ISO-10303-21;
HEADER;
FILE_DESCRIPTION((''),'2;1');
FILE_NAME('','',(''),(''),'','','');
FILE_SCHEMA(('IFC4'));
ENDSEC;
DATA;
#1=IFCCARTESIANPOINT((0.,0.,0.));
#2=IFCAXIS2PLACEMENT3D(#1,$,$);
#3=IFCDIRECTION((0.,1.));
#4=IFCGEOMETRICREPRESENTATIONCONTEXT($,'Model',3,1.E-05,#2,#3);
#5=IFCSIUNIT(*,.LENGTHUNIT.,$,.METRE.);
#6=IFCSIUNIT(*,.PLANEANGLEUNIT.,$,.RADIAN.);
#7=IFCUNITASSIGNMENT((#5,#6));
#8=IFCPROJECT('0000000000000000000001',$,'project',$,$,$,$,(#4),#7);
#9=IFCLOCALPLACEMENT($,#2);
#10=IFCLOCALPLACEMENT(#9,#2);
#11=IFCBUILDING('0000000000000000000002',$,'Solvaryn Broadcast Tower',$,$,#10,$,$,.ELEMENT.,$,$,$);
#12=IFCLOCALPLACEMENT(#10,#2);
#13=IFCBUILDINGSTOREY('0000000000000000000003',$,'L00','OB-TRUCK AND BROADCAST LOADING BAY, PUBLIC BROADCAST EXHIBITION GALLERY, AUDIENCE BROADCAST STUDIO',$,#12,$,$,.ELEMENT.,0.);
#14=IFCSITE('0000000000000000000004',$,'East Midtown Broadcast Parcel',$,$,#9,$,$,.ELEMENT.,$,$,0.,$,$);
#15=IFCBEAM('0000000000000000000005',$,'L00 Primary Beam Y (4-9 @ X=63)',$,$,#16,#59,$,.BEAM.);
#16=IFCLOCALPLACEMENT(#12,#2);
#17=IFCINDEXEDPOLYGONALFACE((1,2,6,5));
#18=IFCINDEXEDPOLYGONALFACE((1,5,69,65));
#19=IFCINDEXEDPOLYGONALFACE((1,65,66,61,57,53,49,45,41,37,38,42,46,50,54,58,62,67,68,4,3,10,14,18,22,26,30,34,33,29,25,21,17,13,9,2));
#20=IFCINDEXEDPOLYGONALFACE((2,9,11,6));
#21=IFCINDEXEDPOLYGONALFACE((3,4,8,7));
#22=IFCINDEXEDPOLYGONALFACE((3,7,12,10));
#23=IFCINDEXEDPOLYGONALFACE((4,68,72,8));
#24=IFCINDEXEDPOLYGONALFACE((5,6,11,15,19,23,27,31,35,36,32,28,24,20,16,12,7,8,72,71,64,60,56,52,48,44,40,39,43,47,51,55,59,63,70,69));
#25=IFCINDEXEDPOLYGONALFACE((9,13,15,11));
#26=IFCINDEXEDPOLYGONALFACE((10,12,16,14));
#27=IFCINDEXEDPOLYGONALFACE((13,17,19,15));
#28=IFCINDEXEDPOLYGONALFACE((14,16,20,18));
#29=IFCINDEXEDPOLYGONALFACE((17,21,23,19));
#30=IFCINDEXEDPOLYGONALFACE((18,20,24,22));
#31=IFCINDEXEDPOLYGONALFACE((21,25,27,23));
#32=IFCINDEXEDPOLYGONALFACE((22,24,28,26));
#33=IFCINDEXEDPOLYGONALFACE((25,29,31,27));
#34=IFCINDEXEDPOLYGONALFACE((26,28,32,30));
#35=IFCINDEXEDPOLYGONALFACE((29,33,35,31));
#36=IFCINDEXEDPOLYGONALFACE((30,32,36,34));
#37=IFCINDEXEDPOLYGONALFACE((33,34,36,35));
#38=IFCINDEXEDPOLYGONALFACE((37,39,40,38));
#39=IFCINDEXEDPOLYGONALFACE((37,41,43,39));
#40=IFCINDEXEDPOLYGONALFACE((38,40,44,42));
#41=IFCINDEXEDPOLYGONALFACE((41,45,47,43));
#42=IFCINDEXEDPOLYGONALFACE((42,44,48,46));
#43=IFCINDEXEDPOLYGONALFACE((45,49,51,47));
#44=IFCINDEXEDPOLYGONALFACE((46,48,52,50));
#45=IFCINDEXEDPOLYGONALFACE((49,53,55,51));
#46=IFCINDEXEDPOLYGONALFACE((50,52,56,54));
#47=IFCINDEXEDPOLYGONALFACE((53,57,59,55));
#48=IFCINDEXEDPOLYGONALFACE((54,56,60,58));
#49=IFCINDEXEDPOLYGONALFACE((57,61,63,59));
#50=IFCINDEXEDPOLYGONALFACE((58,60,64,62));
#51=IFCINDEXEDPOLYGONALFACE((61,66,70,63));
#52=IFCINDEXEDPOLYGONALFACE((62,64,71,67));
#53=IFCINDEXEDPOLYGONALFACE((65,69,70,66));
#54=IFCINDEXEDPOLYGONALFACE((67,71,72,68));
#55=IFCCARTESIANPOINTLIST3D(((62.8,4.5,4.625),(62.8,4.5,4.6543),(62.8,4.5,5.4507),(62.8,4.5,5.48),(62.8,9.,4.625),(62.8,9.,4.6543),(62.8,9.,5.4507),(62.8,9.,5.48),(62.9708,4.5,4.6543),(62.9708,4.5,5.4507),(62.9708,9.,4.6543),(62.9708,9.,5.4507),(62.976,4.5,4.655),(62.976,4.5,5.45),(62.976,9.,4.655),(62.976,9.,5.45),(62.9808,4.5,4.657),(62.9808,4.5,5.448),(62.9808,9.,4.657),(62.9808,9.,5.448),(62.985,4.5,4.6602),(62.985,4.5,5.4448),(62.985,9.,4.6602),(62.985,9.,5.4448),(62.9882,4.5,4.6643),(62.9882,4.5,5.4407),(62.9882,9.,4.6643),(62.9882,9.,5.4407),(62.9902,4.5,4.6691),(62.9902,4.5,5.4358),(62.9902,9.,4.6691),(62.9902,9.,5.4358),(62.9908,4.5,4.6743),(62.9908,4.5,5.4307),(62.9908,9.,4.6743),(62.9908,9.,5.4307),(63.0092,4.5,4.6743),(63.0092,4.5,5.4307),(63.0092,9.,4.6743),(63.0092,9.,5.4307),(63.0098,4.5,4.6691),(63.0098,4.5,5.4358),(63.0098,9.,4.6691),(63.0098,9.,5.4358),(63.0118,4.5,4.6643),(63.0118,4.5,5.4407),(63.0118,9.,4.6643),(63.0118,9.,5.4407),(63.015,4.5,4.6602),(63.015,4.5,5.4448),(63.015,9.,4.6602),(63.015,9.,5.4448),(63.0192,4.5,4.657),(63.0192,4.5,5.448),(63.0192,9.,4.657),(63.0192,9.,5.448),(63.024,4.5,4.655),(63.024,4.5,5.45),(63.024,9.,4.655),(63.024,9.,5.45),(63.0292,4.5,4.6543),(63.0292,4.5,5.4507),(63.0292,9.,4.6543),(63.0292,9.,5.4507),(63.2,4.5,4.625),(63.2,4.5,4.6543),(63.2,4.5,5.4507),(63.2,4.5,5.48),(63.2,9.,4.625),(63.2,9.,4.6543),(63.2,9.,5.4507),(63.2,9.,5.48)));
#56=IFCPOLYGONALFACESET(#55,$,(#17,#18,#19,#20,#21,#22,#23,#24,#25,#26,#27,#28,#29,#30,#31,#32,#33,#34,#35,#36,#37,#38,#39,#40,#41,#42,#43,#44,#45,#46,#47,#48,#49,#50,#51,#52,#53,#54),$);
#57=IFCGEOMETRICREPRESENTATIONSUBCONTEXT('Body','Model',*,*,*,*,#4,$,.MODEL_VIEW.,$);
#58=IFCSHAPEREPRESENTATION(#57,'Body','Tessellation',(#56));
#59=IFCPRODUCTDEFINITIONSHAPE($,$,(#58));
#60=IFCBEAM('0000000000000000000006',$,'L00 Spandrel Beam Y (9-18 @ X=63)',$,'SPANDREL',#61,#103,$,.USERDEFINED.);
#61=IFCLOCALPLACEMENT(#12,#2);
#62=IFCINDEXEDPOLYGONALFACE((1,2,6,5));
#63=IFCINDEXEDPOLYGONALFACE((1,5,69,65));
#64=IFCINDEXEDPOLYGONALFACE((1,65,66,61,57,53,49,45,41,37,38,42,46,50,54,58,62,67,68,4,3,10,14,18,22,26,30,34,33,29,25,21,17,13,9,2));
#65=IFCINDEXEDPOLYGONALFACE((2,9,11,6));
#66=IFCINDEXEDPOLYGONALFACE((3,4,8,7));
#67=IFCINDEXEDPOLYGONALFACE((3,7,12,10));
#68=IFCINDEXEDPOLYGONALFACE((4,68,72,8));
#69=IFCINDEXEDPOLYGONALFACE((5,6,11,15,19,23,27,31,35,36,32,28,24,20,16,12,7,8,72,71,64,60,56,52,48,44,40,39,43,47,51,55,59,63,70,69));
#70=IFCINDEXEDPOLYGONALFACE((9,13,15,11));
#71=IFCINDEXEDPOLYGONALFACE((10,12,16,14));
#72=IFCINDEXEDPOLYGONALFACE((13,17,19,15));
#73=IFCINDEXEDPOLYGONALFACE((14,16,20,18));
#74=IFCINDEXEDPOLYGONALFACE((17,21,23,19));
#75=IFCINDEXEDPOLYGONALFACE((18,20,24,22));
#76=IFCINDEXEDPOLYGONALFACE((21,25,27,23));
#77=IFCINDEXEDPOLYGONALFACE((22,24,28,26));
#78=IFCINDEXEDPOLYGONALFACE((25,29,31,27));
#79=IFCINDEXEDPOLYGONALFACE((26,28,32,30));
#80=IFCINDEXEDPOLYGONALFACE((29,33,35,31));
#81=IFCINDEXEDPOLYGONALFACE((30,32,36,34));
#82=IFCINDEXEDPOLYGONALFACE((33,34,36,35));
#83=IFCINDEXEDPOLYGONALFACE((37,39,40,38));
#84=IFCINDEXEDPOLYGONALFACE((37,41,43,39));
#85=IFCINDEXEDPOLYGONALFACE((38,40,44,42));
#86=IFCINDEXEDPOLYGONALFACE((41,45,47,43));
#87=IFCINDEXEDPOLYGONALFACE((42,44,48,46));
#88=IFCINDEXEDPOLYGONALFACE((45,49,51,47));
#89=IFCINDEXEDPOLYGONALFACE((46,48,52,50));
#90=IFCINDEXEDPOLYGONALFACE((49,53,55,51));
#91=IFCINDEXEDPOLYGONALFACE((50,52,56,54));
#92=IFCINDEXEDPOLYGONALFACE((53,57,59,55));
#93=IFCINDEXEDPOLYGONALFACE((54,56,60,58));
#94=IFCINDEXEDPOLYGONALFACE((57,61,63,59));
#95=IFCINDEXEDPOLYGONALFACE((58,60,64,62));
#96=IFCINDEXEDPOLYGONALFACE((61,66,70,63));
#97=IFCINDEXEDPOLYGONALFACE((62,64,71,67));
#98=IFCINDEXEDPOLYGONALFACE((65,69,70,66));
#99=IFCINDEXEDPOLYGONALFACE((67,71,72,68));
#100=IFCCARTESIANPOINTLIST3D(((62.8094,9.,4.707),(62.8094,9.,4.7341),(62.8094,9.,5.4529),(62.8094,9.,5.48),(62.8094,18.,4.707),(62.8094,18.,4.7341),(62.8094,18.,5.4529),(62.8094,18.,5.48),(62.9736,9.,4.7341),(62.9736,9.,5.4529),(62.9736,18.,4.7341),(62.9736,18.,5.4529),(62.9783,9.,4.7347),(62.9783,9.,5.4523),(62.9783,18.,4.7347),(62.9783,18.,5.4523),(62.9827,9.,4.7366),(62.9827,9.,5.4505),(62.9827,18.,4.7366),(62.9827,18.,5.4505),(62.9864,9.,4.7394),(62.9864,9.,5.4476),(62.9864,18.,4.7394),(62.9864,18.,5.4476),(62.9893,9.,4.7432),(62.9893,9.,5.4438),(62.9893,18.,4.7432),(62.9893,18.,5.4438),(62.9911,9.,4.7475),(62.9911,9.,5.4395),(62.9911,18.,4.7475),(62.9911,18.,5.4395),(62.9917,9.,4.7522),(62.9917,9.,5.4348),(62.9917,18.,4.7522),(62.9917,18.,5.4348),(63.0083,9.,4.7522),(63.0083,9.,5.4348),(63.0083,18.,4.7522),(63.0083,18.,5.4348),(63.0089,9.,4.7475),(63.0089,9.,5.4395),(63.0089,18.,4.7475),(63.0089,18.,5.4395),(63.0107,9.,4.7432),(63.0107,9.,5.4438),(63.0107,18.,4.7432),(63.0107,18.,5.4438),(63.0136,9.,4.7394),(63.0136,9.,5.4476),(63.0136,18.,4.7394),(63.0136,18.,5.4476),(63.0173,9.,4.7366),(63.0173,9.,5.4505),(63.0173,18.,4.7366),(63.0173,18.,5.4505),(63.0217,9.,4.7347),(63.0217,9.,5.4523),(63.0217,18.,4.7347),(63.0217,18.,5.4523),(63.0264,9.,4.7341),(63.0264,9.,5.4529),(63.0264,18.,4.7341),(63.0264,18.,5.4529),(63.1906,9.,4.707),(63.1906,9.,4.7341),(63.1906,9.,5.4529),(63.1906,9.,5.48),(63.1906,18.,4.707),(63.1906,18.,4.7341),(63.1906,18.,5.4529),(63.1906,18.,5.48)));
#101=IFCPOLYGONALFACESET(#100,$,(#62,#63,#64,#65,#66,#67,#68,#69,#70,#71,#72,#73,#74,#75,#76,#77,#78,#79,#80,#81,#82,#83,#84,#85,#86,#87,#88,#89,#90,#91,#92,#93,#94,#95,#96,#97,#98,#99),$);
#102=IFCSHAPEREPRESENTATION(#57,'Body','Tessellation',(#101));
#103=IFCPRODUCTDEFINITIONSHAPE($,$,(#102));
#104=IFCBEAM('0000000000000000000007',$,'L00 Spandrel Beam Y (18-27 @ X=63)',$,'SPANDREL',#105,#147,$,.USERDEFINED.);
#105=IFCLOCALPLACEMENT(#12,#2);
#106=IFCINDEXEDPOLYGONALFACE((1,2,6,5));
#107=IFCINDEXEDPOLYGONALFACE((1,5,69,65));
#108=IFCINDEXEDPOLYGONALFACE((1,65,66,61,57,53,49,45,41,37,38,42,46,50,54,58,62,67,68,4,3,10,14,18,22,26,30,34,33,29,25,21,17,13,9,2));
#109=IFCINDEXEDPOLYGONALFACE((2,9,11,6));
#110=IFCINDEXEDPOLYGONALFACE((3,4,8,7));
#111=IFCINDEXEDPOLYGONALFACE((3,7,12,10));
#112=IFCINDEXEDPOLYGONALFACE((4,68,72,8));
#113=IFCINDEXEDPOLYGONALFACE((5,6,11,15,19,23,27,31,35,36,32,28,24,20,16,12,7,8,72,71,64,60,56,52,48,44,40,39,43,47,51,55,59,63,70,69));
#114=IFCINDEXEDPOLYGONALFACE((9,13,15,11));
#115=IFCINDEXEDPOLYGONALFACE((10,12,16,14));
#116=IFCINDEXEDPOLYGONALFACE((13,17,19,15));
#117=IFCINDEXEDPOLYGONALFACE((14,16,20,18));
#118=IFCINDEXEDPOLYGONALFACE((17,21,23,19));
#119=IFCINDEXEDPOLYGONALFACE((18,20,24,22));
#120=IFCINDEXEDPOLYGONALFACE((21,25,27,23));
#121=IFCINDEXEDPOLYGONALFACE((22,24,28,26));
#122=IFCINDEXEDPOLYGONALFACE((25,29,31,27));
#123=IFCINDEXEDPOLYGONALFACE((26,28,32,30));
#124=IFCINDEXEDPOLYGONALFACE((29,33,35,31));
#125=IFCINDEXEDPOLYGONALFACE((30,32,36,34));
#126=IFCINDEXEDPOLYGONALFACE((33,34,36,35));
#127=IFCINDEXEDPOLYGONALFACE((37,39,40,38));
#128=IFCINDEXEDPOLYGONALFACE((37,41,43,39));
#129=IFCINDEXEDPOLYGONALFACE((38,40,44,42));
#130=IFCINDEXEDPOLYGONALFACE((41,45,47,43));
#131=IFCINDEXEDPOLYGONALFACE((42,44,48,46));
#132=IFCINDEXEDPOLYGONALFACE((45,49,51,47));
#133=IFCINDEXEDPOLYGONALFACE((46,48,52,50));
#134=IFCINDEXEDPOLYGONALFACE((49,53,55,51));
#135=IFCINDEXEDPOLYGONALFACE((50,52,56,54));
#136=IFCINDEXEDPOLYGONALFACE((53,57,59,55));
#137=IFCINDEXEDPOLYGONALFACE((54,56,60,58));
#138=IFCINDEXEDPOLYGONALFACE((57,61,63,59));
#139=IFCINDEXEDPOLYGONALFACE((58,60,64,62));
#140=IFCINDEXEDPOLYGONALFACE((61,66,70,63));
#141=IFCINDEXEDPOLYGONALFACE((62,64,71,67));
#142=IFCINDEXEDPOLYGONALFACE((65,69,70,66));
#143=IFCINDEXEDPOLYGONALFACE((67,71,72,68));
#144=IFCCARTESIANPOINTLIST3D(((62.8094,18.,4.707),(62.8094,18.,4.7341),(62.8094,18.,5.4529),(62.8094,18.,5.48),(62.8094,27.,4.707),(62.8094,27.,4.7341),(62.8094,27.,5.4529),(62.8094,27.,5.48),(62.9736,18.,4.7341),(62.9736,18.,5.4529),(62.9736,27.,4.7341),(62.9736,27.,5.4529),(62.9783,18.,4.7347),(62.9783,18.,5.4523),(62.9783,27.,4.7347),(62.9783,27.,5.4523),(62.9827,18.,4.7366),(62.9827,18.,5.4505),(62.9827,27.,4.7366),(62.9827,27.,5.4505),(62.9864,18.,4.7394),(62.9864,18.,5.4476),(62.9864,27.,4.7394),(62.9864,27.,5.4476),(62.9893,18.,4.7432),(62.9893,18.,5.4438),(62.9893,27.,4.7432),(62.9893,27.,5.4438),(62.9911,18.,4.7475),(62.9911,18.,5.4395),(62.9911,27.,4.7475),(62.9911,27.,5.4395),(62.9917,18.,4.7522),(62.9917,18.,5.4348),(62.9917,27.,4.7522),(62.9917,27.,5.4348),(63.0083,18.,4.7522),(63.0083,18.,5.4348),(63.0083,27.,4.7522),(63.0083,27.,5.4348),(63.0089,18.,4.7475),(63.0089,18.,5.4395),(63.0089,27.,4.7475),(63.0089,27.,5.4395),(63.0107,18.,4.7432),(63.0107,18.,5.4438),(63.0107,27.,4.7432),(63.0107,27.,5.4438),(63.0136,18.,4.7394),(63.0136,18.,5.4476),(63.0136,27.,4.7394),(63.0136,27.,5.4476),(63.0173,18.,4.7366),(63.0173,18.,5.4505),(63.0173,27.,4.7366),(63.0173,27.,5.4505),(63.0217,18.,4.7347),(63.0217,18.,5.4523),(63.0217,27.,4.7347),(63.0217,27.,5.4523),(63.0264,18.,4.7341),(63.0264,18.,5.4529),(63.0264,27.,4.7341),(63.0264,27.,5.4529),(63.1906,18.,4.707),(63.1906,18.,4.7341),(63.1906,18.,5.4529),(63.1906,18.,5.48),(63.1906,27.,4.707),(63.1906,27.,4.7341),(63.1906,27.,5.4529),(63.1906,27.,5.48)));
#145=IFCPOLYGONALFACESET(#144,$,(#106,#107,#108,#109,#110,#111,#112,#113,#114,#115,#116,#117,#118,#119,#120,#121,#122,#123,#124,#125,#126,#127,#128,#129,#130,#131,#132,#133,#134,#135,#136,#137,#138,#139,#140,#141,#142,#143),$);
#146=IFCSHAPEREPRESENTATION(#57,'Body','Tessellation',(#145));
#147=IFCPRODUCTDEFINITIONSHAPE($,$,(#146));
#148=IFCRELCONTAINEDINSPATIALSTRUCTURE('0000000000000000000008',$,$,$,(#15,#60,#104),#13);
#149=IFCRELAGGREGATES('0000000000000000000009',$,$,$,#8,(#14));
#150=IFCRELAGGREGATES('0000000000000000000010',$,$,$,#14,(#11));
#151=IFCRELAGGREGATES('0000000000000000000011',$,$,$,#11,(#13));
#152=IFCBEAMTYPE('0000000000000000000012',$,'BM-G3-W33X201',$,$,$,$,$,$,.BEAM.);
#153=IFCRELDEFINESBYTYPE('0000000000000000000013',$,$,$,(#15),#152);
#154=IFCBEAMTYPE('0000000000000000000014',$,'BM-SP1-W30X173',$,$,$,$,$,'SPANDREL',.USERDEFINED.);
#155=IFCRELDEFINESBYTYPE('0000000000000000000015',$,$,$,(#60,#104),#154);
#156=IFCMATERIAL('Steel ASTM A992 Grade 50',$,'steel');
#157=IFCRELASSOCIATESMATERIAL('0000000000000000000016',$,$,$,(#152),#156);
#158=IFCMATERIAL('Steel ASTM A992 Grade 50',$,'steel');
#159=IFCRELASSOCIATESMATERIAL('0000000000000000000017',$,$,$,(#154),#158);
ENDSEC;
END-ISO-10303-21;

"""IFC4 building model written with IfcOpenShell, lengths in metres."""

from ifc_helpers import new_model, si_unit, direction, frame, origin, origin_2d, place, context, subcontext, project, spatial, i_section, extrude, material, material_profile, profile_set, type_object, element, save


model = new_model("IFC4")

# Units and contexts
model_context = context("Model", 3, precision=1e-05, world=origin(), true_north=direction((0.0, 1.0)))
body_context = subcontext(model_context, "Body", "Model", "MODEL_VIEW")
ifc_project = project(units=[si_unit("LENGTHUNIT", "METRE"), si_unit("PLANEANGLEUNIT", "RADIAN")], contexts=[model_context])

# Site, building, storey
site_placement = place(None, origin())
site = spatial("IfcSite", under=ifc_project, at=site_placement, Name="East Midtown Broadcast Parcel", CompositionType="ELEMENT", RefElevation=0.0)
building_placement = place(site_placement, origin())
building = spatial("IfcBuilding", under=site, at=building_placement, Name="Solvaryn Broadcast Tower", CompositionType="ELEMENT")
storey_placement = place(building_placement, origin())
storey = spatial("IfcBuildingStorey", under=building, at=storey_placement, Name="L00", Description="OB-TRUCK AND BROADCAST LOADING BAY, PUBLIC BROADCAST EXHIBITION GALLERY, AUDIENCE BROADCAST STUDIO", CompositionType="ELEMENT", Elevation=0.0)

# Beams
ifc_material_1 = material(Name="Steel ASTM A992 Grade 50", Category="steel")
ifc_material_profile_1 = material_profile(ifc_material_1, i_section(OverallWidth=0.3999, OverallDepth=0.855, WebThickness=0.0183, FlangeThickness=0.0293, FilletRadius=0.02, at=origin_2d()))
ifc_profile_set_1 = profile_set([ifc_material_profile_1], Name="Steel ASTM A992 Grade 50")
beam_type_1 = type_object("IfcBeamType", Name="BM-G3-W33X201", PredefinedType="BEAM", material=ifc_profile_set_1)
for number, where, z_axis, x_axis, name in (
    (1, (63.0, 4.5, 5.0525), (0.0, 1.0, 0.0), (-1.0, 0.0, 0.0), "L00 Primary Beam Y (4-9 @ X=63)"),
):
    element("IfcBeam", number, at=place(storey_placement, frame(where, z_axis=z_axis, x_axis=x_axis)), inside=storey, type_object=beam_type_1, Name=name, PredefinedType="BEAM", context=body_context, shape_type="SweptSolid", body=[
        extrude(i_section(OverallWidth=0.3999, OverallDepth=0.855, WebThickness=0.0183, FlangeThickness=0.0293, FilletRadius=0.02, at=origin_2d()), origin(), (0.0, 0.0, 1.0), 4.5),
    ])
ifc_material_2 = material(Name="Steel ASTM A992 Grade 50", Category="steel")
ifc_material_profile_2 = material_profile(ifc_material_2, i_section(OverallWidth=0.3811, OverallDepth=0.7729, WebThickness=0.0166, FlangeThickness=0.0271, FilletRadius=0.0181, at=origin_2d()))
ifc_profile_set_2 = profile_set([ifc_material_profile_2], Name="Steel ASTM A992 Grade 50")
beam_type_2 = type_object("IfcBeamType", Name="BM-SP1-W30X173", ElementType="SPANDREL", PredefinedType="USERDEFINED", material=ifc_profile_set_2)
for number, where, z_axis, x_axis, name in (
    (2, (63.0, 9.0, 5.0935), (0.0, 1.0, 0.0), (-1.0, 0.0, 0.0), "L00 Spandrel Beam Y (9-18 @ X=63)"),
    (3, (63.0, 18.0, 5.0935), (0.0, 1.0, 0.0), (-1.0, 0.0, 0.0), "L00 Spandrel Beam Y (18-27 @ X=63)"),
):
    element("IfcBeam", number, at=place(storey_placement, frame(where, z_axis=z_axis, x_axis=x_axis)), inside=storey, type_object=beam_type_2, Name=name, ObjectType="SPANDREL", PredefinedType="USERDEFINED", context=body_context, shape_type="SweptSolid", body=[
        extrude(i_section(OverallWidth=0.3811, OverallDepth=0.7729, WebThickness=0.0166, FlangeThickness=0.0271, FilletRadius=0.0181, at=origin_2d()), origin(), (0.0, 0.0, 1.0), 9.0),
    ])

save(model, "model.ifc")
